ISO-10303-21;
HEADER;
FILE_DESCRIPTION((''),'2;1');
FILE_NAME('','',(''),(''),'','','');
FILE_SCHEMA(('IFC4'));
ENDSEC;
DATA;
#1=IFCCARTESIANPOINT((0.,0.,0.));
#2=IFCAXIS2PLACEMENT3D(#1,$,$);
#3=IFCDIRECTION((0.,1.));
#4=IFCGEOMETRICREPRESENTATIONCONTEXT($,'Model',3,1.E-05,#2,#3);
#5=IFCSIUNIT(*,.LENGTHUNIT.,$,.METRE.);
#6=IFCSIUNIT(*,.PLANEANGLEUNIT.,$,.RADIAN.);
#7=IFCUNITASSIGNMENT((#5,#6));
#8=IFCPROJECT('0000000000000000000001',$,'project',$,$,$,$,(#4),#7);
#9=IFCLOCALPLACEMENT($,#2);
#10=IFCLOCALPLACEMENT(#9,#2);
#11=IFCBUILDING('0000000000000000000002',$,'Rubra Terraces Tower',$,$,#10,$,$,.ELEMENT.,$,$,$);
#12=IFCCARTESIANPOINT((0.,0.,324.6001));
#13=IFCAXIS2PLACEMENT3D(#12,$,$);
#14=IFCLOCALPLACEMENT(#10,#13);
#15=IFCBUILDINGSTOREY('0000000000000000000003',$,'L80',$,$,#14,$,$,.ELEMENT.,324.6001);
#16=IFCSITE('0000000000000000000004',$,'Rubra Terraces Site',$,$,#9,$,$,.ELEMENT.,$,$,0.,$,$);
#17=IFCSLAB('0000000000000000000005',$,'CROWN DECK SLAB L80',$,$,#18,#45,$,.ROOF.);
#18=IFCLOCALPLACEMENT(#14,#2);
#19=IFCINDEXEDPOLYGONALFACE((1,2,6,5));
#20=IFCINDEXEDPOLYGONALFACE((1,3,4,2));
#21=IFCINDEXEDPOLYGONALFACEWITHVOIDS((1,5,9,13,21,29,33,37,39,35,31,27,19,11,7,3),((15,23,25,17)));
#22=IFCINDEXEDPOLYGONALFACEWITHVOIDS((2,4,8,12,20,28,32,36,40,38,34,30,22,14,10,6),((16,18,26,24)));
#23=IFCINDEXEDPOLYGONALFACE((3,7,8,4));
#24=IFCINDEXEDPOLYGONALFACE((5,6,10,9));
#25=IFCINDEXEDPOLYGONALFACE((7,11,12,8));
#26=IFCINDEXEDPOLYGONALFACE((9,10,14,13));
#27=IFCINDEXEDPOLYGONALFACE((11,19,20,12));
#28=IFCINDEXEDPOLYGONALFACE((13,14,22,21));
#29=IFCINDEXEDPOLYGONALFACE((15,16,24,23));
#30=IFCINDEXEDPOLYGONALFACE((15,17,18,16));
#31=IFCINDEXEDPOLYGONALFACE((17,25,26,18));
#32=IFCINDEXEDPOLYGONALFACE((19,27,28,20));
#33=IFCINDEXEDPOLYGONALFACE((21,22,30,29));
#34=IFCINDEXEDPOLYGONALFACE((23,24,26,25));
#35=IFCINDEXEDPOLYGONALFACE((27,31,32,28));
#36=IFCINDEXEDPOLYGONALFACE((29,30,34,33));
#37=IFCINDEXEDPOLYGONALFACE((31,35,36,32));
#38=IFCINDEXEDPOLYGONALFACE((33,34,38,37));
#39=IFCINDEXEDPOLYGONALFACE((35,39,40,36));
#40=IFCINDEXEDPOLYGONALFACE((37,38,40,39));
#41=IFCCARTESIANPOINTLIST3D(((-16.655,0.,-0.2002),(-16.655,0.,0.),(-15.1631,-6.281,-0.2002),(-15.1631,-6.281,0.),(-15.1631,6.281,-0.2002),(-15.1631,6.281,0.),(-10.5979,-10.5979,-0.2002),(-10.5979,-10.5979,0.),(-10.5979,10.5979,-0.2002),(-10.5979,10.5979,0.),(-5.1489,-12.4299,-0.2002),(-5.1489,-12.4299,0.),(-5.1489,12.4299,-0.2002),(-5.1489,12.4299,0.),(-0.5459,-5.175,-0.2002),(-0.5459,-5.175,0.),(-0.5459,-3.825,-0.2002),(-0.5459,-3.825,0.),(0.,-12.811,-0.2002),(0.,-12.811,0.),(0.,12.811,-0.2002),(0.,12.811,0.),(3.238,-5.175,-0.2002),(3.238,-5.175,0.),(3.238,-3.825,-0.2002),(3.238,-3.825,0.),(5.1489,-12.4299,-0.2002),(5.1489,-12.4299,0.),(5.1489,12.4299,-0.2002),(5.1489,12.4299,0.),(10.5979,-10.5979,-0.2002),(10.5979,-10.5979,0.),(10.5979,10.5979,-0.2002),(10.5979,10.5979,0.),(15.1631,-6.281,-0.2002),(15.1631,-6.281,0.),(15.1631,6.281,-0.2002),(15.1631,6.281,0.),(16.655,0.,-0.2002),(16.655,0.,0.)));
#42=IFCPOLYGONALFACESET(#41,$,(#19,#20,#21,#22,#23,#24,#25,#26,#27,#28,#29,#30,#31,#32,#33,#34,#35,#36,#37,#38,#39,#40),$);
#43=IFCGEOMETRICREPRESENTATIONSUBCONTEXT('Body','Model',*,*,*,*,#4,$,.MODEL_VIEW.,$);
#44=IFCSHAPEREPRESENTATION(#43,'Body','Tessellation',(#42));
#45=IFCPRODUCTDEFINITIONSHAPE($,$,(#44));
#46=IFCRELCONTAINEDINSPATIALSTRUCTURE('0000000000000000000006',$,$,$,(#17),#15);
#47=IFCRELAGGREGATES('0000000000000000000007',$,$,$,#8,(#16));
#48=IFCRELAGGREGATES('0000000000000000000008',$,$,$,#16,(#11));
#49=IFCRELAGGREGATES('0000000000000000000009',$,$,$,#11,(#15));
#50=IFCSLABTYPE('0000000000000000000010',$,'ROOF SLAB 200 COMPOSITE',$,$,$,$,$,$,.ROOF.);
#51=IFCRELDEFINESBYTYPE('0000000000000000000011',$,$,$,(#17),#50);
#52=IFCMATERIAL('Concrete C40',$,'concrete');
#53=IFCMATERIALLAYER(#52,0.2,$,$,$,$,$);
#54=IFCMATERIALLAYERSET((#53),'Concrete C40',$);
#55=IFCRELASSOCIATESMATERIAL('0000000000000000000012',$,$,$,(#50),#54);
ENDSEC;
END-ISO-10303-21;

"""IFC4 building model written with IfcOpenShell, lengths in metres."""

from ifc_helpers import new_model, si_unit, direction, frame, origin, place, context, subcontext, project, spatial, polyline, outline, extrude, material, layer, layer_set, type_object, element, save


model = new_model("IFC4")

# Units and contexts
model_context = context("Model", 3, precision=1e-05, world=origin(), true_north=direction((0.0, 1.0)))
body_context = subcontext(model_context, "Body", "Model", "MODEL_VIEW")
ifc_project = project(units=[si_unit("LENGTHUNIT", "METRE"), si_unit("PLANEANGLEUNIT", "RADIAN")], contexts=[model_context])

# Site, building, storey
site_placement = place(None, origin())
site = spatial("IfcSite", under=ifc_project, at=site_placement, Name="Rubra Terraces Site", CompositionType="ELEMENT", RefElevation=0.0)
building_placement = place(site_placement, origin())
building = spatial("IfcBuilding", under=site, at=building_placement, Name="Rubra Terraces Tower", CompositionType="ELEMENT")
storey_placement = place(building_placement, frame((0.0, 0.0, 324.6001)))
storey = spatial("IfcBuildingStorey", under=building, at=storey_placement, Name="L80", CompositionType="ELEMENT", Elevation=324.6001)

# Slab
ifc_material_1 = material(Name="Concrete C40", Category="concrete")
ifc_layer_1 = layer(ifc_material_1, 0.2)
ifc_layer_set_1 = layer_set([ifc_layer_1], Name="Concrete C40")
slab_type = type_object("IfcSlabType", Name="ROOF SLAB 200 COMPOSITE", PredefinedType="ROOF", material=ifc_layer_set_1)
slab_placement = place(storey_placement, frame((0.0, 0.0, -0.2002)))
element("IfcSlab", 1, at=slab_placement, inside=storey, type_object=slab_type, Name="CROWN DECK SLAB L80", PredefinedType="ROOF", context=body_context, shape_type="SweptSolid", body=[
    extrude(outline(polyline([(15.1631, -6.281), (16.655, 0.0), (15.1631, 6.281), (10.5979, 10.5979), (5.1489, 12.4299), (0.0, 12.811), (-5.1489, 12.4299), (-10.5979, 10.5979), (-15.1631, 6.281), (-16.655, 0.0), (-15.1631, -6.281), (-10.5979, -10.5979), (-5.1489, -12.4299), (0.0, -12.811), (5.1489, -12.4299), (10.5979, -10.5979), (15.1631, -6.281)]), holes=[polyline([(3.238, -5.175), (-0.5459, -5.175), (-0.5459, -3.825), (3.238, -3.825), (3.238, -5.175)])]), origin(), (0.0, 0.0, 1.0), 0.2002),
])

save(model, "model.ifc")
